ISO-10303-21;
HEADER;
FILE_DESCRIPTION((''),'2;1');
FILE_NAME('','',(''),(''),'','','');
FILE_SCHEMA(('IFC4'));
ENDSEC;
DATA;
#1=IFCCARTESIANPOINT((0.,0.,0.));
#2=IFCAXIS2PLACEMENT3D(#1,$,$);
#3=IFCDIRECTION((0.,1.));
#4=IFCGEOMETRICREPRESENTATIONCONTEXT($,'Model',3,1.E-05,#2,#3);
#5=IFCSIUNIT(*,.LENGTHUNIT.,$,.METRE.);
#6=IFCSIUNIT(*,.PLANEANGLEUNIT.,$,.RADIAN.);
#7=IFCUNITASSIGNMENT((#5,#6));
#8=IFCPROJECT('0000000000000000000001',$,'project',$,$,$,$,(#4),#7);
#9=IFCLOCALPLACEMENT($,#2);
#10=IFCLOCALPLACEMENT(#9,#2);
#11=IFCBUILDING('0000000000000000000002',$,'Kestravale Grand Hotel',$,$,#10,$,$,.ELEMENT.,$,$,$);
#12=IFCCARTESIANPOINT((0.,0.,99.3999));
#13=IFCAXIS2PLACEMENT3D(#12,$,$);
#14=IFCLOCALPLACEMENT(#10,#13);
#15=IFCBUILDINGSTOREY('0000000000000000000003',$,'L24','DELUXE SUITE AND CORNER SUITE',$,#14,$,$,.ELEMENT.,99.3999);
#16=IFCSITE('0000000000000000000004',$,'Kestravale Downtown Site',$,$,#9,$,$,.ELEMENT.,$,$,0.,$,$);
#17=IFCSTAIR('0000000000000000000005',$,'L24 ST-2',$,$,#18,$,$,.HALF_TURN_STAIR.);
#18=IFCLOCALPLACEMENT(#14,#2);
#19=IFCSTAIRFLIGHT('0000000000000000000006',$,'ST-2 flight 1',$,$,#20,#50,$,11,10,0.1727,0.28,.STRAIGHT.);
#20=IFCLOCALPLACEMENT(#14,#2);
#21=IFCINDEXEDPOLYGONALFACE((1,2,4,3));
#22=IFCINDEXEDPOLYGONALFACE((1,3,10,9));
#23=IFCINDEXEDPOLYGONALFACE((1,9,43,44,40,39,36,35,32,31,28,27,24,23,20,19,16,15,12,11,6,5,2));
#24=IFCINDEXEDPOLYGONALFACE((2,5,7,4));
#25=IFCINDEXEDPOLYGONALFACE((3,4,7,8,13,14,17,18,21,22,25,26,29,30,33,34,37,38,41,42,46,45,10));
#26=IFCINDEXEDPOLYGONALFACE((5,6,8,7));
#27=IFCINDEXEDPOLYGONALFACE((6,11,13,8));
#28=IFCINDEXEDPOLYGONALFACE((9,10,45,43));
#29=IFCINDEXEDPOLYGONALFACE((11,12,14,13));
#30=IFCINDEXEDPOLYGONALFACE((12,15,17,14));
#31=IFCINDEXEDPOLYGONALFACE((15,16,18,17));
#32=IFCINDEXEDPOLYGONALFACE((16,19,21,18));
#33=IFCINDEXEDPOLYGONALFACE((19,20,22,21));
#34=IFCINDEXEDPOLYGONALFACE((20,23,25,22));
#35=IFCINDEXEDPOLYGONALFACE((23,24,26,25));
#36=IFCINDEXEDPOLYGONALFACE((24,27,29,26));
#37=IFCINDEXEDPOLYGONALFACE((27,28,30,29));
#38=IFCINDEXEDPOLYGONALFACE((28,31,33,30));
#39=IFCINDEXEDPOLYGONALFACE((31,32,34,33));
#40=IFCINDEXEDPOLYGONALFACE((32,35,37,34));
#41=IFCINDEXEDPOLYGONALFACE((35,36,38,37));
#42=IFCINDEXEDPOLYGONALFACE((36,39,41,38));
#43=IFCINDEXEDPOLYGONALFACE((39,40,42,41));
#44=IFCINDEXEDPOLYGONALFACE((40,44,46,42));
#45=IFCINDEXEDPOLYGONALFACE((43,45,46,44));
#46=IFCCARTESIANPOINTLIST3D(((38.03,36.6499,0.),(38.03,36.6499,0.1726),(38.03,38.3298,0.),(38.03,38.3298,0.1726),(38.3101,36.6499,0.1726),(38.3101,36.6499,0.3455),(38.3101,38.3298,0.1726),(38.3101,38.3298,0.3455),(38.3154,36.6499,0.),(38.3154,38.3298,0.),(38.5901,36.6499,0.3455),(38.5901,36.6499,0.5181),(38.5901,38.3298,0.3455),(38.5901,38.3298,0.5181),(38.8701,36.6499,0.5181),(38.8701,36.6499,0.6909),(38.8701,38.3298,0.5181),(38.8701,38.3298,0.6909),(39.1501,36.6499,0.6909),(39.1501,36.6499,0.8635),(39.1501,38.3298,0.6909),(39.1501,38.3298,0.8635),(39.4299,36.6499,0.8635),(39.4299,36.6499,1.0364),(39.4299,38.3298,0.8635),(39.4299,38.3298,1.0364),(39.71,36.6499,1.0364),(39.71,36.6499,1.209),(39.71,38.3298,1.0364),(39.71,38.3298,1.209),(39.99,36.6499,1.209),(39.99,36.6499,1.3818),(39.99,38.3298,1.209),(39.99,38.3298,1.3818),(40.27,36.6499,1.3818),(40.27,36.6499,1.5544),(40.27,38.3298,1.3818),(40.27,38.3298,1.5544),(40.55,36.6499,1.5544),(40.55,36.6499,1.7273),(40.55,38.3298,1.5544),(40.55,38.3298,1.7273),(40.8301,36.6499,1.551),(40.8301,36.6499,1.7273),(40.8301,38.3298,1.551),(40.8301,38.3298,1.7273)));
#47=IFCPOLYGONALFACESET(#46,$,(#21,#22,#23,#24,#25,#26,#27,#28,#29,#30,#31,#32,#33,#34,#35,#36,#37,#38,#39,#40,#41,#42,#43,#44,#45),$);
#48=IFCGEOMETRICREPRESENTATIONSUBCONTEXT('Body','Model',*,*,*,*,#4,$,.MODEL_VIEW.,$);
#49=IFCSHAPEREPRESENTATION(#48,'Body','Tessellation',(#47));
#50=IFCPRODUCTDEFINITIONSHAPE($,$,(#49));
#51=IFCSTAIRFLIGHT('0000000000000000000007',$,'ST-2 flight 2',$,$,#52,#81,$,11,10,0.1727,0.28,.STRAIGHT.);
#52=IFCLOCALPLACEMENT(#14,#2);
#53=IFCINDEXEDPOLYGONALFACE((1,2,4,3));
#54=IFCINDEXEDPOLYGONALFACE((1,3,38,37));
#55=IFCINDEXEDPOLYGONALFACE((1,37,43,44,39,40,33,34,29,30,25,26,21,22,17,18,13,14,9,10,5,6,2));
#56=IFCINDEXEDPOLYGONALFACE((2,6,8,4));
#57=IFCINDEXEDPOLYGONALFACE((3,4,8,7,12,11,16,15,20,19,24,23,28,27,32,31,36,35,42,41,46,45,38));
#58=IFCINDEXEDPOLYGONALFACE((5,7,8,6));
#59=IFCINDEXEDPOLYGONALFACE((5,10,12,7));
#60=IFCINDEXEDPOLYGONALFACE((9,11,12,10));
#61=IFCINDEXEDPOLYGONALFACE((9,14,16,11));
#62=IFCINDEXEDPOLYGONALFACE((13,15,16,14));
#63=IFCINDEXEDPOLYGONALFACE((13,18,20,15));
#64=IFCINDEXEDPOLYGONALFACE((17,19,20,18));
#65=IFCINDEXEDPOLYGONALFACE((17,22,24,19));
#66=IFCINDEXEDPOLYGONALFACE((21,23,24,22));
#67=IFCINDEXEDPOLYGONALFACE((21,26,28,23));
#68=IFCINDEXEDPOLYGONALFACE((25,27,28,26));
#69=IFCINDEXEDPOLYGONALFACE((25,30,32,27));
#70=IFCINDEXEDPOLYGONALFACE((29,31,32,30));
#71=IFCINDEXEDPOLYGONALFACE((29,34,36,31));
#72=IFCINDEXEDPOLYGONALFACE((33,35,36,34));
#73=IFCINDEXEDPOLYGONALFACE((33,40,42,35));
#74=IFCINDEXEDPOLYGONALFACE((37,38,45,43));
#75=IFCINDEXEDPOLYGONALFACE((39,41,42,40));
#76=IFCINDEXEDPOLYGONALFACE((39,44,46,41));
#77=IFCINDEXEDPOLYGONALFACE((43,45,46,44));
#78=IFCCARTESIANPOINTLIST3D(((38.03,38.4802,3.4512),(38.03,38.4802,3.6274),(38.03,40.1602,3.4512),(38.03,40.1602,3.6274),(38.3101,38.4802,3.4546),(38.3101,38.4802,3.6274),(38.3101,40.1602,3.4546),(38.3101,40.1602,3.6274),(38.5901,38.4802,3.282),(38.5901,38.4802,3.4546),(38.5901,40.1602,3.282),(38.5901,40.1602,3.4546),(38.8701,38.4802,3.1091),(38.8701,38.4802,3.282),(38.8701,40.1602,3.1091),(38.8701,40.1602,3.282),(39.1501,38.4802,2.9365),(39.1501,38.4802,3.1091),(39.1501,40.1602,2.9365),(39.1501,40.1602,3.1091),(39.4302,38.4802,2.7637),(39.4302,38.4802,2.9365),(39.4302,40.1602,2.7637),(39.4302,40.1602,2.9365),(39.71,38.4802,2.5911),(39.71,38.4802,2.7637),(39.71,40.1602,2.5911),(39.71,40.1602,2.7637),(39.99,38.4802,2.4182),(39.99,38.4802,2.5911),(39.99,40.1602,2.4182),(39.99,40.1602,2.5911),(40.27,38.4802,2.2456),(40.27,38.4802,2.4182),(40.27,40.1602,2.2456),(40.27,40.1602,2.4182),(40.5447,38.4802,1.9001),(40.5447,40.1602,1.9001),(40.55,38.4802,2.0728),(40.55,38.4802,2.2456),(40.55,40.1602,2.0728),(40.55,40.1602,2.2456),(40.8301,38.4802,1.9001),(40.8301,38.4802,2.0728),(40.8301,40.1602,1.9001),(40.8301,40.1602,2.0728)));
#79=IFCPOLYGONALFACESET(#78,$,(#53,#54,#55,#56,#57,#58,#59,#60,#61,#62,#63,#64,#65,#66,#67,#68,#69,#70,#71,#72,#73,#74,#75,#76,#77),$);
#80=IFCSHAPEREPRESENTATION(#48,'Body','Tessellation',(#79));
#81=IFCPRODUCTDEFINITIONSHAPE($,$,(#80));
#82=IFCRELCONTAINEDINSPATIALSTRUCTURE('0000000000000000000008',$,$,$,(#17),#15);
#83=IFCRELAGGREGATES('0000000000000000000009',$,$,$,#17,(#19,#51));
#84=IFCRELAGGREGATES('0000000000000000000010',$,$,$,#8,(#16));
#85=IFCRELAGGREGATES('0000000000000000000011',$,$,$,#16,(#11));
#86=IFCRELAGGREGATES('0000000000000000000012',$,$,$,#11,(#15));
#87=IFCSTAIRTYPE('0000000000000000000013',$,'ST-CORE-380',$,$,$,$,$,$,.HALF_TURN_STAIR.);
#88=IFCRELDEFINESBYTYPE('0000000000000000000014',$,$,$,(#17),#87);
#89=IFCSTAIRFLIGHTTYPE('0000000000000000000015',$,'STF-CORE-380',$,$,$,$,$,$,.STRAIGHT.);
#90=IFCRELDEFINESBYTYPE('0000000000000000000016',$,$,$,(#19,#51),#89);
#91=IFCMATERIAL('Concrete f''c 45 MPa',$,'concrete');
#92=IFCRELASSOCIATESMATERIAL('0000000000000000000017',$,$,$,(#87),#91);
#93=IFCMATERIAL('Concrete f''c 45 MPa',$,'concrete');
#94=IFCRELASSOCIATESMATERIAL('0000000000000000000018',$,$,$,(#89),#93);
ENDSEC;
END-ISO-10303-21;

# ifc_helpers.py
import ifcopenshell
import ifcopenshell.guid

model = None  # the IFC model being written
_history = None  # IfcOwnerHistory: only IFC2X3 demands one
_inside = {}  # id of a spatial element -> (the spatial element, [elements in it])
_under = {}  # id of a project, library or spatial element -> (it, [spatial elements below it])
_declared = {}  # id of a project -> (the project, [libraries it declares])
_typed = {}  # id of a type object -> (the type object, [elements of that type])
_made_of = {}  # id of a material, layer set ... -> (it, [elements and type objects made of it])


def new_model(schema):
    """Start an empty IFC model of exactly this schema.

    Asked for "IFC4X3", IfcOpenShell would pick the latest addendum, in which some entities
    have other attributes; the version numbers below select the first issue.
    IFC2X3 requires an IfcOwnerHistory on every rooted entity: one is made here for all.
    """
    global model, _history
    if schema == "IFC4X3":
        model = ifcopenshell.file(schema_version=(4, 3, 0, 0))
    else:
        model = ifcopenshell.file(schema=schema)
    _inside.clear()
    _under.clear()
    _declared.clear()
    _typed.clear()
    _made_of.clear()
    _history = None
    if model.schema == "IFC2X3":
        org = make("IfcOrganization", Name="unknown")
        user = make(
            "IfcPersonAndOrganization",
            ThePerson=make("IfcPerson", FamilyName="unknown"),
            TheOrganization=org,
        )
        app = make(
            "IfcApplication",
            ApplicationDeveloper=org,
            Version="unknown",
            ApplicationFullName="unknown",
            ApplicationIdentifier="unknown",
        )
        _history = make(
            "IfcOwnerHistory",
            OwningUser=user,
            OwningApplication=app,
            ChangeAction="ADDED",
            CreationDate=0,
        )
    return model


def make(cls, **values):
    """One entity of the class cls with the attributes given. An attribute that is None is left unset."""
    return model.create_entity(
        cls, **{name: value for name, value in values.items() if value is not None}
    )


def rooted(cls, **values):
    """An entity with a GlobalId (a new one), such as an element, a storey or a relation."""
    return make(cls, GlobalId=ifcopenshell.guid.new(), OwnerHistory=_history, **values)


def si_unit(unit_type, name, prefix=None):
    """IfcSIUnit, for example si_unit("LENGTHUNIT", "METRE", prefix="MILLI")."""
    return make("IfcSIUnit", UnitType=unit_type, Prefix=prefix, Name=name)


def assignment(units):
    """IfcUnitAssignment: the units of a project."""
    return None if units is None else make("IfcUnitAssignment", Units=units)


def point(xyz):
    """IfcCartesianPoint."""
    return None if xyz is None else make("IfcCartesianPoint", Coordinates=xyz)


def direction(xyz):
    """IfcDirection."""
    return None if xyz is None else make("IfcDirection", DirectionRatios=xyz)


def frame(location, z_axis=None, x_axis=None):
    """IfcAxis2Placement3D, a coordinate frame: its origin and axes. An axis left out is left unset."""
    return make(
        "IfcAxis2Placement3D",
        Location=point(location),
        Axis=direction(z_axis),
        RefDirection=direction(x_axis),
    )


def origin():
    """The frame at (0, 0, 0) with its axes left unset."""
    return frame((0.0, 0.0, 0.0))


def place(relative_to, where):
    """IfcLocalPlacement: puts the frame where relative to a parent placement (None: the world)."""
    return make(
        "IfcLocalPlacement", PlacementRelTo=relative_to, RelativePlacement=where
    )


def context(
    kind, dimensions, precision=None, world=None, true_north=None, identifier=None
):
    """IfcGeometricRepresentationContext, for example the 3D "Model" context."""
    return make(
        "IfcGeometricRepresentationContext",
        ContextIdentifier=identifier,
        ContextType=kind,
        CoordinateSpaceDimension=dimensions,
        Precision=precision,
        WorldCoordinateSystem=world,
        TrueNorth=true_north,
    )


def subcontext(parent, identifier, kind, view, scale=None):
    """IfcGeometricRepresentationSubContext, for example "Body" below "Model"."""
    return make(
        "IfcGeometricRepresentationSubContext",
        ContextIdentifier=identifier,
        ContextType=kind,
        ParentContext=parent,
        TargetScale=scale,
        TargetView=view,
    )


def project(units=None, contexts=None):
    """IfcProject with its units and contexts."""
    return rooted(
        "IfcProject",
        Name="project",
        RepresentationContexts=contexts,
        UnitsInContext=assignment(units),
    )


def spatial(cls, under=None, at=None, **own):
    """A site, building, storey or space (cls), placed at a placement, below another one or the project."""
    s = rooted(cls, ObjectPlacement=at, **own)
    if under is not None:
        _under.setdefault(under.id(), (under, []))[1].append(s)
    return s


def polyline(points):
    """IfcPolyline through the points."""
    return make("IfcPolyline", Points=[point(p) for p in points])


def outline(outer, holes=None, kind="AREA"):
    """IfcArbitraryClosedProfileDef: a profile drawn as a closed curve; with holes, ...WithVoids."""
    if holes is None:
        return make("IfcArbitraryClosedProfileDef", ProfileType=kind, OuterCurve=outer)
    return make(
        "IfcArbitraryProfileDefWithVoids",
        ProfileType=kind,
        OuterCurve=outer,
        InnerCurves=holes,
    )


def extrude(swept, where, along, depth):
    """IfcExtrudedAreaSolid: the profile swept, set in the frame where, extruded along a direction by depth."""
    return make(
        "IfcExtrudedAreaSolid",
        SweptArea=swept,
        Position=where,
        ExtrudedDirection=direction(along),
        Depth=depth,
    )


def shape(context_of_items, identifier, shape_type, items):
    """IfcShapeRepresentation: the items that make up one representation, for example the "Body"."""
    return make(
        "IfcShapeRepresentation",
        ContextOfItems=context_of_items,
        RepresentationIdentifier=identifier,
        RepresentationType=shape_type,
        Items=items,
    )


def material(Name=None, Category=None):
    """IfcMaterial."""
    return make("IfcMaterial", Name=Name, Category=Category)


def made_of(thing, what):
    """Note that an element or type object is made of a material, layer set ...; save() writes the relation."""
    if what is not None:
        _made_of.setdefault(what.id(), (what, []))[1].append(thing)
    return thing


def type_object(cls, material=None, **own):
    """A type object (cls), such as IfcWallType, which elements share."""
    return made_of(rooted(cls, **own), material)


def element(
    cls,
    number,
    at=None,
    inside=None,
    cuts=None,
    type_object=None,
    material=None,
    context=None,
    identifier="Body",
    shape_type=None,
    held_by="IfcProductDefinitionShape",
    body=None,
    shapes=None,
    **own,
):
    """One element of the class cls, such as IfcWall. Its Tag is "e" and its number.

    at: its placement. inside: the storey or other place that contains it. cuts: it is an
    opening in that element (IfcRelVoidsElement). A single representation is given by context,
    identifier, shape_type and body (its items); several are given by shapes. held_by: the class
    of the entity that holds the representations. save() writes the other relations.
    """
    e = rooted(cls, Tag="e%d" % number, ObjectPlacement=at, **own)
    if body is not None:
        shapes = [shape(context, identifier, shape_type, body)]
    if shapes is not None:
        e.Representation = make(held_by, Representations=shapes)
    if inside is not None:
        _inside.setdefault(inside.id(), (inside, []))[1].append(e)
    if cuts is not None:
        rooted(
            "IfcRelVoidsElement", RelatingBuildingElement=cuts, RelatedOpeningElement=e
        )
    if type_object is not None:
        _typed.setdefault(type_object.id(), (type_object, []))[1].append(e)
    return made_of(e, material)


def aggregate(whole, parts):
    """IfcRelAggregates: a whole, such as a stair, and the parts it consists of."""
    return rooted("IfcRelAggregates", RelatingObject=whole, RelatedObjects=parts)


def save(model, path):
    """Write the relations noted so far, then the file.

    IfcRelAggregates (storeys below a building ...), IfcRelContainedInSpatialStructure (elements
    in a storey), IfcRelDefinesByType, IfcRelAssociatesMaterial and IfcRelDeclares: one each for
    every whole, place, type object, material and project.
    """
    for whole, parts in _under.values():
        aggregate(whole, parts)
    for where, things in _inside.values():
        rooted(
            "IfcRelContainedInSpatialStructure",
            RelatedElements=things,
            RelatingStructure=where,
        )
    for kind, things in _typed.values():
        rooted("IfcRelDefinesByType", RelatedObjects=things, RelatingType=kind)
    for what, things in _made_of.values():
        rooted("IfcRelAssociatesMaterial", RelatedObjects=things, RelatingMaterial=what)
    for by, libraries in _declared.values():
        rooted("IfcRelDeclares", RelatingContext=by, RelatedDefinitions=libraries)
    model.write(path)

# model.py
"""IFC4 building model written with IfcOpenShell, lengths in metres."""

from ifc_helpers import new_model, si_unit, direction, frame, origin, place, context, subcontext, project, spatial, polyline, outline, extrude, material, type_object, element, aggregate, save


model = new_model("IFC4")

# Units and contexts
model_context = context("Model", 3, precision=1e-05, world=origin(), true_north=direction((0.0, 1.0)))
body_context = subcontext(model_context, "Body", "Model", "MODEL_VIEW")
ifc_project = project(units=[si_unit("LENGTHUNIT", "METRE"), si_unit("PLANEANGLEUNIT", "RADIAN")], contexts=[model_context])

# Site, building, storey
site_placement = place(None, origin())
site = spatial("IfcSite", under=ifc_project, at=site_placement, Name="Kestravale Downtown Site", CompositionType="ELEMENT", RefElevation=0.0)
building_placement = place(site_placement, origin())
building = spatial("IfcBuilding", under=site, at=building_placement, Name="Kestravale Grand Hotel", CompositionType="ELEMENT")
storey_placement = place(building_placement, frame((0.0, 0.0, 99.3999)))
storey = spatial("IfcBuildingStorey", under=building, at=storey_placement, Name="L24", Description="DELUXE SUITE AND CORNER SUITE", CompositionType="ELEMENT", Elevation=99.3999)

# Stair, stair flights
ifc_material_1 = material(Name="Concrete f'c 45 MPa", Category="concrete")
stair_type = type_object("IfcStairType", Name="ST-CORE-380", PredefinedType="HALF_TURN_STAIR", material=ifc_material_1)
stair_placement = place(storey_placement, origin())
stair = element("IfcStair", 1, at=stair_placement, inside=storey, type_object=stair_type, Name="L24 ST-2", PredefinedType="HALF_TURN_STAIR")
ifc_material_2 = material(Name="Concrete f'c 45 MPa", Category="concrete")
stair_flight_type = type_object("IfcStairFlightType", Name="STF-CORE-380", PredefinedType="STRAIGHT", material=ifc_material_2)
stair_flight_1_placement = place(storey_placement, frame((38.03, 37.49, 0.0), z_axis=(0.0, 0.0, 1.0), x_axis=(1.0, 0.0, 0.0)))
stair_flight_1 = element("IfcStairFlight", 2, at=stair_flight_1_placement, type_object=stair_flight_type, Name="ST-2 flight 1", NumberOfRisers=11, NumberOfTreads=10, PredefinedType="STRAIGHT", RiserHeight=0.1727, TreadLength=0.28, context=body_context, shape_type="SweptSolid", body=[
    extrude(outline(polyline([(0.0, 0.0), (0.0, 0.1726), (0.28, 0.1726), (0.28, 0.3455), (0.5601, 0.3455), (0.5601, 0.5181), (0.8401, 0.5181), (0.8401, 0.6909), (1.1201, 0.6909), (1.1201, 0.8635), (1.3999, 0.8635), (1.3999, 1.0364), (1.6799, 1.0364), (1.6799, 1.209), (1.96, 1.209), (1.96, 1.3818), (2.24, 1.3818), (2.24, 1.5544), (2.52, 1.5544), (2.52, 1.7273), (2.8, 1.7273), (2.8, 1.8999), (2.8, 1.551), (0.2854, 0.0), (0.0, 0.0)])), frame((0.0, 0.8398, 0.0), z_axis=(0.0, -1.0, 0.0), x_axis=(1.0, 0.0, 0.0)), (0.0, 0.0, 1.0), 1.6799),
])
stair_flight_2_placement = place(storey_placement, frame((40.8301, 39.3201, 1.9001), z_axis=(0.0, 0.0, 1.0), x_axis=(-1.0, 0.0, 0.0)))
stair_flight_2 = element("IfcStairFlight", 3, at=stair_flight_2_placement, type_object=stair_flight_type, Name="ST-2 flight 2", NumberOfRisers=11, NumberOfTreads=10, PredefinedType="STRAIGHT", RiserHeight=0.1727, TreadLength=0.28, context=body_context, shape_type="SweptSolid", body=[
    extrude(outline(polyline([(0.0, 0.0), (0.0, 0.1726), (0.28, 0.1726), (0.28, 0.3455), (0.5601, 0.3455), (0.5601, 0.5181), (0.8401, 0.5181), (0.8401, 0.6909), (1.1201, 0.6909), (1.1201, 0.8635), (1.3999, 0.8635), (1.3999, 1.0364), (1.6799, 1.0364), (1.6799, 1.209), (1.96, 1.209), (1.96, 1.3818), (2.24, 1.3818), (2.24, 1.5544), (2.52, 1.5544), (2.52, 1.7273), (2.8, 1.7273), (2.8, 1.8999), (2.8, 1.551), (0.2854, 0.0), (0.0, 0.0)])), frame((0.0, 0.8398, 0.0), z_axis=(0.0, -1.0, 0.0), x_axis=(1.0, 0.0, 0.0)), (0.0, 0.0, 1.0), 1.6799),
])
aggregate(stair, [stair_flight_1, stair_flight_2])

save(model, "model.ifc")
